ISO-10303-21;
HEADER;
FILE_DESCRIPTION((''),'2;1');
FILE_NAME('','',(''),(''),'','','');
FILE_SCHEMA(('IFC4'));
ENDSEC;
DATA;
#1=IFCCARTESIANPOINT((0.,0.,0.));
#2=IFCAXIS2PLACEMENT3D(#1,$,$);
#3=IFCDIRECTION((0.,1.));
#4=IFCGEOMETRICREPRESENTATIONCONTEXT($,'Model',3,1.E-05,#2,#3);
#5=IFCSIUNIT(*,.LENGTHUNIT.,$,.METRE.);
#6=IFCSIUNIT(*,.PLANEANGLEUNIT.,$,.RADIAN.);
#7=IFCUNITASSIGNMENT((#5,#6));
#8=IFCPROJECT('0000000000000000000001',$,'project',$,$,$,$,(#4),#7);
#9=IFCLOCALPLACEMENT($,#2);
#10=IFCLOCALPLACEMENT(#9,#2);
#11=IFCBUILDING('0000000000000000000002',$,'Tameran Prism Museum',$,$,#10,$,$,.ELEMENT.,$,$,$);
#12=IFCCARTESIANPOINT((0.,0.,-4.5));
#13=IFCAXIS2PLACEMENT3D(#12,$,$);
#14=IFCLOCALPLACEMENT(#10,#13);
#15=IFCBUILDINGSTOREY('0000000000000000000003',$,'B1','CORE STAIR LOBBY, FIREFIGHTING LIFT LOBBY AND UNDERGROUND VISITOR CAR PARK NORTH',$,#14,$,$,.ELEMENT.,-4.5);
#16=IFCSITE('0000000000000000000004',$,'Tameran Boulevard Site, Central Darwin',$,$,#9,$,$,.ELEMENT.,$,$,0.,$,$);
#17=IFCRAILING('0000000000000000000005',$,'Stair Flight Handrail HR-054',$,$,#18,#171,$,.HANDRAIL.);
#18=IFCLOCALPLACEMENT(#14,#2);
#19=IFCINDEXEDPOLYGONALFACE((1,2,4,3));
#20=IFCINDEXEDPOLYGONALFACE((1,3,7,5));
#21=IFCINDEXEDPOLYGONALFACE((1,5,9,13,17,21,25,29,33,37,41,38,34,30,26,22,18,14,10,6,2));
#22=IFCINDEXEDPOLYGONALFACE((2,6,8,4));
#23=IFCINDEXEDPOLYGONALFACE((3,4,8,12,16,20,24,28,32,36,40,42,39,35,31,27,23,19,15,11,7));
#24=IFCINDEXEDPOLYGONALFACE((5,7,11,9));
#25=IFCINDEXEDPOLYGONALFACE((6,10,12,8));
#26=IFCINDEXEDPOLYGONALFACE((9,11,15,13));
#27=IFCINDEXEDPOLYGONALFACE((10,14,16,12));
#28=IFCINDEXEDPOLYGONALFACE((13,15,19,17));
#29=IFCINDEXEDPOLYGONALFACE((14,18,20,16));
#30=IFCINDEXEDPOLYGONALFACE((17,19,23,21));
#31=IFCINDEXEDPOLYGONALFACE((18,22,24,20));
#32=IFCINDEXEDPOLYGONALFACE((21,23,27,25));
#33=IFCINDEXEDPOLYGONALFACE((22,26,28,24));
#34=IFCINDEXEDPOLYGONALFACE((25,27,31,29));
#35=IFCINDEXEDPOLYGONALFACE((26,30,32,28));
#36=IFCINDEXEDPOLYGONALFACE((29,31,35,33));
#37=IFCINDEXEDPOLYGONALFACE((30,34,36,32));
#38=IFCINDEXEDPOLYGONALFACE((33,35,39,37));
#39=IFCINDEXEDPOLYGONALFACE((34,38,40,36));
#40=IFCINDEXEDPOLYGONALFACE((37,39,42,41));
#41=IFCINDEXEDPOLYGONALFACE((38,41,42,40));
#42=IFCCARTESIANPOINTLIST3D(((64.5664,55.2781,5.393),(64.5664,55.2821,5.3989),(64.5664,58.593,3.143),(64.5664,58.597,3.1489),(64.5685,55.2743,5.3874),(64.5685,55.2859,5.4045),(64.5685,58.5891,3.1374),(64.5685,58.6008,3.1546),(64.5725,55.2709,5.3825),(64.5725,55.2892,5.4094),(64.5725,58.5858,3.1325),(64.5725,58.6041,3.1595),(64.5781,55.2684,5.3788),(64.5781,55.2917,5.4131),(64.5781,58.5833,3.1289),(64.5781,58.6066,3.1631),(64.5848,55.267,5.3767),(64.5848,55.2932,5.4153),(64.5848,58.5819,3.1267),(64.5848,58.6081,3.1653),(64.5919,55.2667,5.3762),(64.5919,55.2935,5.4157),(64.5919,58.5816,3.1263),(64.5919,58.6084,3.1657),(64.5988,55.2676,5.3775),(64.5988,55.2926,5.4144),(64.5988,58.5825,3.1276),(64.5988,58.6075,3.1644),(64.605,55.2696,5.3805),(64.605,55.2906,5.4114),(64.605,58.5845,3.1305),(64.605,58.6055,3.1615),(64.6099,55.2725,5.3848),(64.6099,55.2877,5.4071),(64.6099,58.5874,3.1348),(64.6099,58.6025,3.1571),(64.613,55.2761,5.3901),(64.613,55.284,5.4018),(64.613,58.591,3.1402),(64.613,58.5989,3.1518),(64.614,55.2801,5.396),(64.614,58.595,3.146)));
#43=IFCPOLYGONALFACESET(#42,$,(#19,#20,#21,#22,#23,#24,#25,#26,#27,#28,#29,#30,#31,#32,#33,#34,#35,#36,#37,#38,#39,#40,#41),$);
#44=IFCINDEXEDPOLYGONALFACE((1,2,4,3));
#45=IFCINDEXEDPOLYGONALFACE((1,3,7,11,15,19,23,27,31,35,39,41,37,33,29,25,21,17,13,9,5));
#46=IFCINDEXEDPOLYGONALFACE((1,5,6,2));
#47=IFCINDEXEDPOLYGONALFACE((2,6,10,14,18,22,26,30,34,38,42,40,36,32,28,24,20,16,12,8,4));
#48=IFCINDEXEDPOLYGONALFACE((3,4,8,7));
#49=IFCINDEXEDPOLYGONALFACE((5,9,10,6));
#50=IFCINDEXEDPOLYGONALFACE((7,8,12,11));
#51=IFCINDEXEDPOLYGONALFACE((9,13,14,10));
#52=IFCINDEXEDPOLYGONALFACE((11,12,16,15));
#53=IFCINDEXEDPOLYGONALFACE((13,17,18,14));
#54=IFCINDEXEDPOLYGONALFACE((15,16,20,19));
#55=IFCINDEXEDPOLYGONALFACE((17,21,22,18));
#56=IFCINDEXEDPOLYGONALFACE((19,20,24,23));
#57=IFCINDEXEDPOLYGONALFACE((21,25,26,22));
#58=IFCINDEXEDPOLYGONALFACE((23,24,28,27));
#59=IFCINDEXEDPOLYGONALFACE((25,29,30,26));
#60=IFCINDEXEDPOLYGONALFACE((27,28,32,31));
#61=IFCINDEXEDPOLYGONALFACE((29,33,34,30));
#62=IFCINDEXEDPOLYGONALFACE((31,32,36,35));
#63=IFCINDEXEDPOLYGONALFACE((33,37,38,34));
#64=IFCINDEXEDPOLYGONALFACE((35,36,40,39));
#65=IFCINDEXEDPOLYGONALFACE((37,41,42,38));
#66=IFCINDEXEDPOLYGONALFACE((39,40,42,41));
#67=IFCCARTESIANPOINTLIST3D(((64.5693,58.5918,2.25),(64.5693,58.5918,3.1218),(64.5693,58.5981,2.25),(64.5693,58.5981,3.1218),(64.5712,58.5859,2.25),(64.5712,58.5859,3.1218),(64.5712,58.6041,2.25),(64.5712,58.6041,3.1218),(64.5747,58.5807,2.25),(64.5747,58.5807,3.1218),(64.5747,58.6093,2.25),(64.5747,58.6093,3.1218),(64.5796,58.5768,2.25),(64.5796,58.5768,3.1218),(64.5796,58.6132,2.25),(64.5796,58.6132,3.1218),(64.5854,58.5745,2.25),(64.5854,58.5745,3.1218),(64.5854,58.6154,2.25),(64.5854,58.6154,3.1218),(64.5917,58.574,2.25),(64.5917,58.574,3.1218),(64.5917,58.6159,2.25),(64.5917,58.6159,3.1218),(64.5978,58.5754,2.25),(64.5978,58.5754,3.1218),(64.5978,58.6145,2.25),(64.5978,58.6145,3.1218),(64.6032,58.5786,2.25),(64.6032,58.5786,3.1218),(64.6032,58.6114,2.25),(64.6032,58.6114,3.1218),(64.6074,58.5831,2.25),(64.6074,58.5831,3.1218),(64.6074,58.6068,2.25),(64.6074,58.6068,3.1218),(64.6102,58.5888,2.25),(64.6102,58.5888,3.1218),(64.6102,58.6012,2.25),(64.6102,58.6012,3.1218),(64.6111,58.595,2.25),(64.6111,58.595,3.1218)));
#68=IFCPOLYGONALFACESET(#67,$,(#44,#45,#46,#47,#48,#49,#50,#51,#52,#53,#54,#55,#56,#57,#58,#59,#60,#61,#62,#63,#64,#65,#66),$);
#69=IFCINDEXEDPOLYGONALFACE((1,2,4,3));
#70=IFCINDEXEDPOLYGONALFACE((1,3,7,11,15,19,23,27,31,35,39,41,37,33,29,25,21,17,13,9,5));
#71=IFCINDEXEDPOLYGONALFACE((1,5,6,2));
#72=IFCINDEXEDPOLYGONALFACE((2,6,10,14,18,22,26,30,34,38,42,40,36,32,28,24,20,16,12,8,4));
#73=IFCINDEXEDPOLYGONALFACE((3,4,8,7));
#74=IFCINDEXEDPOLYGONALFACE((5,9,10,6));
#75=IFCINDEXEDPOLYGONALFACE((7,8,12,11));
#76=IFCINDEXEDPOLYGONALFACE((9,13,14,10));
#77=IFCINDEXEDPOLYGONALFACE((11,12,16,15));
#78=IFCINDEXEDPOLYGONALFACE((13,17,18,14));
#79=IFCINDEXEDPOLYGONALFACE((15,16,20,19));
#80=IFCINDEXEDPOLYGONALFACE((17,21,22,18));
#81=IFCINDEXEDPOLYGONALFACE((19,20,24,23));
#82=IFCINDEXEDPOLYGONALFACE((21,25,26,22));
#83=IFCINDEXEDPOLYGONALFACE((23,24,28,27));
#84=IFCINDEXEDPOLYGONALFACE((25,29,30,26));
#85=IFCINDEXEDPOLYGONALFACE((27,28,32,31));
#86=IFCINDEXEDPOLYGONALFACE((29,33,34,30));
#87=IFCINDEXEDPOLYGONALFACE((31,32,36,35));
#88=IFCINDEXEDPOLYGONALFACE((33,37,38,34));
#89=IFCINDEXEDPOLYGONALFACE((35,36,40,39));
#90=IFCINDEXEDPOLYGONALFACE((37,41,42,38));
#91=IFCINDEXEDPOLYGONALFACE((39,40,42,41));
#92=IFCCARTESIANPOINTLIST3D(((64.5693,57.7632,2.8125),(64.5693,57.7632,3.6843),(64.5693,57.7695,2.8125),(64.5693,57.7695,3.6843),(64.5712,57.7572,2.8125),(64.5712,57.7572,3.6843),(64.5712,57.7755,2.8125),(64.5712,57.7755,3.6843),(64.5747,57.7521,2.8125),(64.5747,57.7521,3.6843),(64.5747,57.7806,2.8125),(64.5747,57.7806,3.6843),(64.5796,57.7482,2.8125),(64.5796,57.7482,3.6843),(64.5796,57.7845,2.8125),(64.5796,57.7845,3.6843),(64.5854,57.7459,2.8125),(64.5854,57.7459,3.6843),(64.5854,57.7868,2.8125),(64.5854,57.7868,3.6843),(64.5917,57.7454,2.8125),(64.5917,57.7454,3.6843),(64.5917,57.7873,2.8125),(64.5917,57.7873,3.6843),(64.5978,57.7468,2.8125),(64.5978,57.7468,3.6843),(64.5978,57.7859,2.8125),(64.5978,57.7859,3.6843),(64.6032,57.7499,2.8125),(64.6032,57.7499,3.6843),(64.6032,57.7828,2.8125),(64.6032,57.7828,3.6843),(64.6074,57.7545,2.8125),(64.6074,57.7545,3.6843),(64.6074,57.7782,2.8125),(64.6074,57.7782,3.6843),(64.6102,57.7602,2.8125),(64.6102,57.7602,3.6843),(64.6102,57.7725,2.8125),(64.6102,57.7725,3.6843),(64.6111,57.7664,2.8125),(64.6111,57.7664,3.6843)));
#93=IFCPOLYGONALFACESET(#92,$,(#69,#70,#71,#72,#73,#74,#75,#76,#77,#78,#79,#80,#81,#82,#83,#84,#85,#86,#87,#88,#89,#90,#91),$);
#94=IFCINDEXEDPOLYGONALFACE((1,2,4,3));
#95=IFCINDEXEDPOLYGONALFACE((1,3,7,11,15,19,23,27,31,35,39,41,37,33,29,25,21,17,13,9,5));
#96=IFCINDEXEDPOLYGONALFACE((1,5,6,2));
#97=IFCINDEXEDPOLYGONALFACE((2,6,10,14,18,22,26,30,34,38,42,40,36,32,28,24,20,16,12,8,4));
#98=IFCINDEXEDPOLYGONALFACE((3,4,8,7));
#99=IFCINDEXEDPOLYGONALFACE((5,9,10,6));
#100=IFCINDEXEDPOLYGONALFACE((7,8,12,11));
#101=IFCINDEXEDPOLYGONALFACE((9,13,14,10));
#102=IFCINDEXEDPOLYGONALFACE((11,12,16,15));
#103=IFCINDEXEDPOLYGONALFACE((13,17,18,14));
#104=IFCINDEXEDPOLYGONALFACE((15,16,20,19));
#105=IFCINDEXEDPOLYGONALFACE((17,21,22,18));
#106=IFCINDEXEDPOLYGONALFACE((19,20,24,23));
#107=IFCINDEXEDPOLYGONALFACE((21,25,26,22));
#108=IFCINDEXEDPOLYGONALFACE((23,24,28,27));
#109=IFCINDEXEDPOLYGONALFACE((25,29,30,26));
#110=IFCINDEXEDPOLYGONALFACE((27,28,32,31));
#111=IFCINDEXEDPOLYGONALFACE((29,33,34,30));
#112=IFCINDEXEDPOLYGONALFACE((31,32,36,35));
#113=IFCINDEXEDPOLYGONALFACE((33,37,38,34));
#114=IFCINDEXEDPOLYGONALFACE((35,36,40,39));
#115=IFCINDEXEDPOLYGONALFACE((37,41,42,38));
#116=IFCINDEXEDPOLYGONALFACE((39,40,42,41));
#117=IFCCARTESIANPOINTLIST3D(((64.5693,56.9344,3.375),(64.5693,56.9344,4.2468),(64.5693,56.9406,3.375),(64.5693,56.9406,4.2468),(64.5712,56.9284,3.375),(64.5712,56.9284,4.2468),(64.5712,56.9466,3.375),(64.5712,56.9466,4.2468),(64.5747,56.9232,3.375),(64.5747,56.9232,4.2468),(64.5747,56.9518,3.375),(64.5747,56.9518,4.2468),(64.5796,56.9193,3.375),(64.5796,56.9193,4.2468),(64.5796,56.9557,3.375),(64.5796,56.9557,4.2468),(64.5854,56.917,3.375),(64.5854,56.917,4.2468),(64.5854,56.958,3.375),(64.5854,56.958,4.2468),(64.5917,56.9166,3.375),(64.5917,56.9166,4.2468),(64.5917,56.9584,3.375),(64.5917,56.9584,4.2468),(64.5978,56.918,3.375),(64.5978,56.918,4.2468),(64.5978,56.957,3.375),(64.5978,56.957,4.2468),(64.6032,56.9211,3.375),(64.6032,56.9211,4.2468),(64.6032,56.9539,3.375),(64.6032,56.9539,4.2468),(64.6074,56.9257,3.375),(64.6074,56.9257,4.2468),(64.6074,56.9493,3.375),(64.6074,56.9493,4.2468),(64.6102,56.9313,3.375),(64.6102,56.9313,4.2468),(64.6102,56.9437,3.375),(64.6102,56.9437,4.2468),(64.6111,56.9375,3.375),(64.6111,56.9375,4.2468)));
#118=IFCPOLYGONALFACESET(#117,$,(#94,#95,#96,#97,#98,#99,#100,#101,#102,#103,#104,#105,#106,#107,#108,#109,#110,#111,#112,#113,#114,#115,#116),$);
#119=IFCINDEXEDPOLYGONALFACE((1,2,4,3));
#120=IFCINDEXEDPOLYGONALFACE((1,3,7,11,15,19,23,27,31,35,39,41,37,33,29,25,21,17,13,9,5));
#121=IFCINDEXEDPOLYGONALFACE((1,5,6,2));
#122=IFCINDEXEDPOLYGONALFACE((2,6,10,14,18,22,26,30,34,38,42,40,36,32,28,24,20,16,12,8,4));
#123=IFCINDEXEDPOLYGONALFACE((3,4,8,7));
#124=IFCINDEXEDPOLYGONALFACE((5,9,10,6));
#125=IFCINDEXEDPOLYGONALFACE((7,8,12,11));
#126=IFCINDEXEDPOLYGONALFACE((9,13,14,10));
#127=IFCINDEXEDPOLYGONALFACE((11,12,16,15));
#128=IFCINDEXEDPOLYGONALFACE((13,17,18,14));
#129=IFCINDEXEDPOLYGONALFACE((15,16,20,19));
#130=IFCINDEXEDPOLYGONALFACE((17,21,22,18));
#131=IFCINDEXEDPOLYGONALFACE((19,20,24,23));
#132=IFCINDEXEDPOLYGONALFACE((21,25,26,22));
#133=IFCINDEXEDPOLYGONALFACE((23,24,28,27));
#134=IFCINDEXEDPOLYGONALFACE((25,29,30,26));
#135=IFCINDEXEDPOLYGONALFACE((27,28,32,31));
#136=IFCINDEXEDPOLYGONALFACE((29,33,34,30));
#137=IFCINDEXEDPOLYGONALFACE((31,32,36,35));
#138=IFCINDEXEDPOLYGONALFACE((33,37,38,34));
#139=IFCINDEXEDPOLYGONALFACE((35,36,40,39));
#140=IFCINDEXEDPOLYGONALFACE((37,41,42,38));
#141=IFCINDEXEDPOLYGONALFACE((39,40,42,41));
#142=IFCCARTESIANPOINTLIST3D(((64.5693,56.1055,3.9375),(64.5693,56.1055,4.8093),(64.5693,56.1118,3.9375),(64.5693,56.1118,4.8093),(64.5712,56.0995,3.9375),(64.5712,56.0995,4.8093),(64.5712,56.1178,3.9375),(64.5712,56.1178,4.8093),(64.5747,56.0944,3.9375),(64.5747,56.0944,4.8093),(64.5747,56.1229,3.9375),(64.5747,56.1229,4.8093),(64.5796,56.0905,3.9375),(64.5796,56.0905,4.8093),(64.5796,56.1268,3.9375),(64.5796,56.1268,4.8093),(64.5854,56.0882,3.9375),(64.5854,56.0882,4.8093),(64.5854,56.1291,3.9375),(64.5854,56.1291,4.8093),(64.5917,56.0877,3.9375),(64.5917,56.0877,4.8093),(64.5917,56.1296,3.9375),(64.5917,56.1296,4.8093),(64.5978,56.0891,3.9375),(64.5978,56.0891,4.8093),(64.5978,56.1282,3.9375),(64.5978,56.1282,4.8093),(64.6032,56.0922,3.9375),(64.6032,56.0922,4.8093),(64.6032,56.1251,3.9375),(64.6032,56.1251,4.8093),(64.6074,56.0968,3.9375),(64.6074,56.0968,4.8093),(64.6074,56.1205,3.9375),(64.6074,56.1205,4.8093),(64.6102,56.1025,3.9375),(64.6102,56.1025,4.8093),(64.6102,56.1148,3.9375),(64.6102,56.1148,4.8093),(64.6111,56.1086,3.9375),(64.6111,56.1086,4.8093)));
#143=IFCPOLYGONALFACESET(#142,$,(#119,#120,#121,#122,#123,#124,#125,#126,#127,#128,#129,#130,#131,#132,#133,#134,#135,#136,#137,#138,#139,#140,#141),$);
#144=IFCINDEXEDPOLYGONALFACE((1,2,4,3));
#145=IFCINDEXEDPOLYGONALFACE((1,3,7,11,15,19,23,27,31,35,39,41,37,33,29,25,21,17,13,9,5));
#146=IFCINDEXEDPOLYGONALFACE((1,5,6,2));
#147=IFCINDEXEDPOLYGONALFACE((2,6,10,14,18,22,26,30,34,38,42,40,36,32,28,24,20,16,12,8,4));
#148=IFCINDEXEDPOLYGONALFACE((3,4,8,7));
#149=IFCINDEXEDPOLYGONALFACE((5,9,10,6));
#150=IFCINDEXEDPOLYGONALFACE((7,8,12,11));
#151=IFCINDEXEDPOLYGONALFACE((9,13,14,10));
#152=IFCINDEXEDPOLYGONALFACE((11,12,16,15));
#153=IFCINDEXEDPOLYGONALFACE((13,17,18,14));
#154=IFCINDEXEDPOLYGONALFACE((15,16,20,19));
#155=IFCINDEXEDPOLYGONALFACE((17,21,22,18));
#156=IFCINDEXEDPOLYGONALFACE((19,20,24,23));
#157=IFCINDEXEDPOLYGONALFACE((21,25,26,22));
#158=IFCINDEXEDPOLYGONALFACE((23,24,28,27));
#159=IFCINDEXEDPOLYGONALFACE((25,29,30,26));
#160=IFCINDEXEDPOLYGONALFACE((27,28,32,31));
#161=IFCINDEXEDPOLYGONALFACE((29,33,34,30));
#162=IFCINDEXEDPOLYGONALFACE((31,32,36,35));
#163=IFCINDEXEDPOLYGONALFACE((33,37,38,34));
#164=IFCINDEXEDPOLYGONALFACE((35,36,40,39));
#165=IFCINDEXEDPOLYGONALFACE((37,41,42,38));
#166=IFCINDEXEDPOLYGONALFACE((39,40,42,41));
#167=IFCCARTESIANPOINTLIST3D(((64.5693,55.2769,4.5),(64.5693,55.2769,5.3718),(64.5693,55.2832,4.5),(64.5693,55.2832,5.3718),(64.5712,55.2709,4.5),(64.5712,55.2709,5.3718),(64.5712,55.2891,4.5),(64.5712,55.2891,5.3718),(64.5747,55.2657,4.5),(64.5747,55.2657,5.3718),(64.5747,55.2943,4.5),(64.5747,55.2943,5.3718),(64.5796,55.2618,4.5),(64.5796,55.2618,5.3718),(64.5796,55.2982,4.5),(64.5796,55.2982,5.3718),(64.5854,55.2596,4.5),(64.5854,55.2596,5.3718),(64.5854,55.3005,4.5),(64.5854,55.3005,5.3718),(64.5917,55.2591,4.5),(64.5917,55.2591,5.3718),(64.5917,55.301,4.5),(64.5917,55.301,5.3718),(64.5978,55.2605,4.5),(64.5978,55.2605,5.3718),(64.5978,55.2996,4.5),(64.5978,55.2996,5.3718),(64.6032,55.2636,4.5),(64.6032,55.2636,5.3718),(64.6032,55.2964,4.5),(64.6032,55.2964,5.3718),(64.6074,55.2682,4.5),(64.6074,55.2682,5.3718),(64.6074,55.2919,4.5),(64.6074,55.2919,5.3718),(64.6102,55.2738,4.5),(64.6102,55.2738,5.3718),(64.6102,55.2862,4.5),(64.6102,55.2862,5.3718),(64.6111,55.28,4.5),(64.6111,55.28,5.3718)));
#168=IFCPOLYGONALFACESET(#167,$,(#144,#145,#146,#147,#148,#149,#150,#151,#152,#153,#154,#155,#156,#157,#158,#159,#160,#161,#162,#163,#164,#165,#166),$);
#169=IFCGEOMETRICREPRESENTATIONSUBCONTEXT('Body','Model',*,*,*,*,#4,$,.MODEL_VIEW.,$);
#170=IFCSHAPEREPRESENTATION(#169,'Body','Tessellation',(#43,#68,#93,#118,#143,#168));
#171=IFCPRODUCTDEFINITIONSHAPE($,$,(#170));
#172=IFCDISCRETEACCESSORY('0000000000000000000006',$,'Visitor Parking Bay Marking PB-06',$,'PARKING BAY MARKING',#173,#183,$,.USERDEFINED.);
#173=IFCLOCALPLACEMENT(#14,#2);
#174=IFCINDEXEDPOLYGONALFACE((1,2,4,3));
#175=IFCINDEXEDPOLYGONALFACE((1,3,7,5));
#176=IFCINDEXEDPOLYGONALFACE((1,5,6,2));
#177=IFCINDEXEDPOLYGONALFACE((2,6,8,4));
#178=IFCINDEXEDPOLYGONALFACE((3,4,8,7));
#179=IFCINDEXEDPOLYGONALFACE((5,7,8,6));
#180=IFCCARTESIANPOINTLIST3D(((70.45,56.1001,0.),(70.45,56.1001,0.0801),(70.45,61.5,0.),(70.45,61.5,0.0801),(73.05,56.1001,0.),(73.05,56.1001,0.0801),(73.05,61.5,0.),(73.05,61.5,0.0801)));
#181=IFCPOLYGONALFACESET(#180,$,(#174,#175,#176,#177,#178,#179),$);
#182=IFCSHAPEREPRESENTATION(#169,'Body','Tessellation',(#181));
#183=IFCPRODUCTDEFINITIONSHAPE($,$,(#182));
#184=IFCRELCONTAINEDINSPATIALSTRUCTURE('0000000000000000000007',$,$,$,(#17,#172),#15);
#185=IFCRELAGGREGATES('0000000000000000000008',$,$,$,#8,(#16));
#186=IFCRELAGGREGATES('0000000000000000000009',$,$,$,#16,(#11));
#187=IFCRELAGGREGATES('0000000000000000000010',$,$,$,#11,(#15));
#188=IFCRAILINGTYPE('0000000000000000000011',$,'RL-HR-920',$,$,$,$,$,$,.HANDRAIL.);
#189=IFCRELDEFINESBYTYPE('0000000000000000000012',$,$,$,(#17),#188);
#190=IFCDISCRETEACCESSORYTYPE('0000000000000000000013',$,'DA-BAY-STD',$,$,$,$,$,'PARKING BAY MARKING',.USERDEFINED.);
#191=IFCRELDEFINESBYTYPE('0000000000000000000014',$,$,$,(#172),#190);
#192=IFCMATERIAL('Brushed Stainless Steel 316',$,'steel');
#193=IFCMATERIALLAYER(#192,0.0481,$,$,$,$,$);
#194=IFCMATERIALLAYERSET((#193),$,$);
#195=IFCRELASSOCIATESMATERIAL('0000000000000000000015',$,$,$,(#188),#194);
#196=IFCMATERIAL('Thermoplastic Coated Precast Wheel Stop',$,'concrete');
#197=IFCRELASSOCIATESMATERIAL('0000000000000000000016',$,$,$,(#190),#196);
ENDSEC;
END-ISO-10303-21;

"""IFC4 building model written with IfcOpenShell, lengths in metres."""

from ifc_helpers import new_model, si_unit, direction, frame, origin, origin_2d, place, context, subcontext, project, spatial, rectangle, circle, extrude, material, layer, layer_set, type_object, element, save


model = new_model("IFC4")

# Units and contexts
model_context = context("Model", 3, precision=1e-05, world=origin(), true_north=direction((0.0, 1.0)))
body_context = subcontext(model_context, "Body", "Model", "MODEL_VIEW")
ifc_project = project(units=[si_unit("LENGTHUNIT", "METRE"), si_unit("PLANEANGLEUNIT", "RADIAN")], contexts=[model_context])

# Site, building, storey
site_placement = place(None, origin())
site = spatial("IfcSite", under=ifc_project, at=site_placement, Name="Tameran Boulevard Site, Central Darwin", CompositionType="ELEMENT", RefElevation=0.0)
building_placement = place(site_placement, origin())
building = spatial("IfcBuilding", under=site, at=building_placement, Name="Tameran Prism Museum", CompositionType="ELEMENT")
storey_placement = place(building_placement, frame((0.0, 0.0, -4.5)))
storey = spatial("IfcBuildingStorey", under=building, at=storey_placement, Name="B1", Description="CORE STAIR LOBBY, FIREFIGHTING LIFT LOBBY AND UNDERGROUND VISITOR CAR PARK NORTH", CompositionType="ELEMENT", Elevation=-4.5)

# Railing
ifc_material_1 = material(Name="Brushed Stainless Steel 316", Category="steel")
ifc_layer_1 = layer(ifc_material_1, 0.0481)
ifc_layer_set_1 = layer_set([ifc_layer_1])
railing_type_1 = type_object("IfcRailingType", Name="RL-HR-920", PredefinedType="HANDRAIL", material=ifc_layer_set_1)
railing_1_placement = place(storey_placement, frame((64.5901, 58.595, 2.25)))
element("IfcRailing", 1, at=railing_1_placement, inside=storey, type_object=railing_type_1, Name="Stair Flight Handrail HR-054", PredefinedType="HANDRAIL", context=body_context, shape_type="SweptSolid", body=[
    extrude(circle(Radius=0.0239, at=origin_2d()), frame((0.0, 0.0, 0.896), z_axis=(0.0, -0.827409, 0.5616), x_axis=(1.0, 0.0, 0.0)), (0.0, 0.0, 1.0), 4.0063),
    extrude(circle(Radius=0.021, at=origin_2d()), origin(), (0.0, 0.0, 1.0), 0.8718),
    extrude(circle(Radius=0.021, at=origin_2d()), frame((0.0, -0.8286, 0.5625)), (0.0, 0.0, 1.0), 0.8718),
    extrude(circle(Radius=0.021, at=origin_2d()), frame((0.0, -1.6575, 1.125)), (0.0, 0.0, 1.0), 0.8718),
    extrude(circle(Radius=0.021, at=origin_2d()), frame((0.0, -2.4863, 1.6875)), (0.0, 0.0, 1.0), 0.8718),
    extrude(circle(Radius=0.021, at=origin_2d()), frame((0.0, -3.3149, 2.25)), (0.0, 0.0, 1.0), 0.8718),
])

# Discrete accessory
ifc_material_2 = material(Name="Thermoplastic Coated Precast Wheel Stop", Category="concrete")
discrete_accessory_type = type_object("IfcDiscreteAccessoryType", Name="DA-BAY-STD", ElementType="PARKING BAY MARKING", PredefinedType="USERDEFINED", material=ifc_material_2)
discrete_accessory_placement = place(storey_placement, frame((71.75, 58.8, 0.0), z_axis=(0.0, 0.0, 1.0), x_axis=(1.0, 0.0, 0.0)))
element("IfcDiscreteAccessory", 2, at=discrete_accessory_placement, inside=storey, type_object=discrete_accessory_type, Name="Visitor Parking Bay Marking PB-06", ObjectType="PARKING BAY MARKING", PredefinedType="USERDEFINED", context=body_context, shape_type="SweptSolid", body=[
    extrude(rectangle(XDim=2.6001, YDim=5.3999, at=origin_2d()), origin(), (0.0, 0.0, 1.0), 0.0801),
])

save(model, "model.ifc")
